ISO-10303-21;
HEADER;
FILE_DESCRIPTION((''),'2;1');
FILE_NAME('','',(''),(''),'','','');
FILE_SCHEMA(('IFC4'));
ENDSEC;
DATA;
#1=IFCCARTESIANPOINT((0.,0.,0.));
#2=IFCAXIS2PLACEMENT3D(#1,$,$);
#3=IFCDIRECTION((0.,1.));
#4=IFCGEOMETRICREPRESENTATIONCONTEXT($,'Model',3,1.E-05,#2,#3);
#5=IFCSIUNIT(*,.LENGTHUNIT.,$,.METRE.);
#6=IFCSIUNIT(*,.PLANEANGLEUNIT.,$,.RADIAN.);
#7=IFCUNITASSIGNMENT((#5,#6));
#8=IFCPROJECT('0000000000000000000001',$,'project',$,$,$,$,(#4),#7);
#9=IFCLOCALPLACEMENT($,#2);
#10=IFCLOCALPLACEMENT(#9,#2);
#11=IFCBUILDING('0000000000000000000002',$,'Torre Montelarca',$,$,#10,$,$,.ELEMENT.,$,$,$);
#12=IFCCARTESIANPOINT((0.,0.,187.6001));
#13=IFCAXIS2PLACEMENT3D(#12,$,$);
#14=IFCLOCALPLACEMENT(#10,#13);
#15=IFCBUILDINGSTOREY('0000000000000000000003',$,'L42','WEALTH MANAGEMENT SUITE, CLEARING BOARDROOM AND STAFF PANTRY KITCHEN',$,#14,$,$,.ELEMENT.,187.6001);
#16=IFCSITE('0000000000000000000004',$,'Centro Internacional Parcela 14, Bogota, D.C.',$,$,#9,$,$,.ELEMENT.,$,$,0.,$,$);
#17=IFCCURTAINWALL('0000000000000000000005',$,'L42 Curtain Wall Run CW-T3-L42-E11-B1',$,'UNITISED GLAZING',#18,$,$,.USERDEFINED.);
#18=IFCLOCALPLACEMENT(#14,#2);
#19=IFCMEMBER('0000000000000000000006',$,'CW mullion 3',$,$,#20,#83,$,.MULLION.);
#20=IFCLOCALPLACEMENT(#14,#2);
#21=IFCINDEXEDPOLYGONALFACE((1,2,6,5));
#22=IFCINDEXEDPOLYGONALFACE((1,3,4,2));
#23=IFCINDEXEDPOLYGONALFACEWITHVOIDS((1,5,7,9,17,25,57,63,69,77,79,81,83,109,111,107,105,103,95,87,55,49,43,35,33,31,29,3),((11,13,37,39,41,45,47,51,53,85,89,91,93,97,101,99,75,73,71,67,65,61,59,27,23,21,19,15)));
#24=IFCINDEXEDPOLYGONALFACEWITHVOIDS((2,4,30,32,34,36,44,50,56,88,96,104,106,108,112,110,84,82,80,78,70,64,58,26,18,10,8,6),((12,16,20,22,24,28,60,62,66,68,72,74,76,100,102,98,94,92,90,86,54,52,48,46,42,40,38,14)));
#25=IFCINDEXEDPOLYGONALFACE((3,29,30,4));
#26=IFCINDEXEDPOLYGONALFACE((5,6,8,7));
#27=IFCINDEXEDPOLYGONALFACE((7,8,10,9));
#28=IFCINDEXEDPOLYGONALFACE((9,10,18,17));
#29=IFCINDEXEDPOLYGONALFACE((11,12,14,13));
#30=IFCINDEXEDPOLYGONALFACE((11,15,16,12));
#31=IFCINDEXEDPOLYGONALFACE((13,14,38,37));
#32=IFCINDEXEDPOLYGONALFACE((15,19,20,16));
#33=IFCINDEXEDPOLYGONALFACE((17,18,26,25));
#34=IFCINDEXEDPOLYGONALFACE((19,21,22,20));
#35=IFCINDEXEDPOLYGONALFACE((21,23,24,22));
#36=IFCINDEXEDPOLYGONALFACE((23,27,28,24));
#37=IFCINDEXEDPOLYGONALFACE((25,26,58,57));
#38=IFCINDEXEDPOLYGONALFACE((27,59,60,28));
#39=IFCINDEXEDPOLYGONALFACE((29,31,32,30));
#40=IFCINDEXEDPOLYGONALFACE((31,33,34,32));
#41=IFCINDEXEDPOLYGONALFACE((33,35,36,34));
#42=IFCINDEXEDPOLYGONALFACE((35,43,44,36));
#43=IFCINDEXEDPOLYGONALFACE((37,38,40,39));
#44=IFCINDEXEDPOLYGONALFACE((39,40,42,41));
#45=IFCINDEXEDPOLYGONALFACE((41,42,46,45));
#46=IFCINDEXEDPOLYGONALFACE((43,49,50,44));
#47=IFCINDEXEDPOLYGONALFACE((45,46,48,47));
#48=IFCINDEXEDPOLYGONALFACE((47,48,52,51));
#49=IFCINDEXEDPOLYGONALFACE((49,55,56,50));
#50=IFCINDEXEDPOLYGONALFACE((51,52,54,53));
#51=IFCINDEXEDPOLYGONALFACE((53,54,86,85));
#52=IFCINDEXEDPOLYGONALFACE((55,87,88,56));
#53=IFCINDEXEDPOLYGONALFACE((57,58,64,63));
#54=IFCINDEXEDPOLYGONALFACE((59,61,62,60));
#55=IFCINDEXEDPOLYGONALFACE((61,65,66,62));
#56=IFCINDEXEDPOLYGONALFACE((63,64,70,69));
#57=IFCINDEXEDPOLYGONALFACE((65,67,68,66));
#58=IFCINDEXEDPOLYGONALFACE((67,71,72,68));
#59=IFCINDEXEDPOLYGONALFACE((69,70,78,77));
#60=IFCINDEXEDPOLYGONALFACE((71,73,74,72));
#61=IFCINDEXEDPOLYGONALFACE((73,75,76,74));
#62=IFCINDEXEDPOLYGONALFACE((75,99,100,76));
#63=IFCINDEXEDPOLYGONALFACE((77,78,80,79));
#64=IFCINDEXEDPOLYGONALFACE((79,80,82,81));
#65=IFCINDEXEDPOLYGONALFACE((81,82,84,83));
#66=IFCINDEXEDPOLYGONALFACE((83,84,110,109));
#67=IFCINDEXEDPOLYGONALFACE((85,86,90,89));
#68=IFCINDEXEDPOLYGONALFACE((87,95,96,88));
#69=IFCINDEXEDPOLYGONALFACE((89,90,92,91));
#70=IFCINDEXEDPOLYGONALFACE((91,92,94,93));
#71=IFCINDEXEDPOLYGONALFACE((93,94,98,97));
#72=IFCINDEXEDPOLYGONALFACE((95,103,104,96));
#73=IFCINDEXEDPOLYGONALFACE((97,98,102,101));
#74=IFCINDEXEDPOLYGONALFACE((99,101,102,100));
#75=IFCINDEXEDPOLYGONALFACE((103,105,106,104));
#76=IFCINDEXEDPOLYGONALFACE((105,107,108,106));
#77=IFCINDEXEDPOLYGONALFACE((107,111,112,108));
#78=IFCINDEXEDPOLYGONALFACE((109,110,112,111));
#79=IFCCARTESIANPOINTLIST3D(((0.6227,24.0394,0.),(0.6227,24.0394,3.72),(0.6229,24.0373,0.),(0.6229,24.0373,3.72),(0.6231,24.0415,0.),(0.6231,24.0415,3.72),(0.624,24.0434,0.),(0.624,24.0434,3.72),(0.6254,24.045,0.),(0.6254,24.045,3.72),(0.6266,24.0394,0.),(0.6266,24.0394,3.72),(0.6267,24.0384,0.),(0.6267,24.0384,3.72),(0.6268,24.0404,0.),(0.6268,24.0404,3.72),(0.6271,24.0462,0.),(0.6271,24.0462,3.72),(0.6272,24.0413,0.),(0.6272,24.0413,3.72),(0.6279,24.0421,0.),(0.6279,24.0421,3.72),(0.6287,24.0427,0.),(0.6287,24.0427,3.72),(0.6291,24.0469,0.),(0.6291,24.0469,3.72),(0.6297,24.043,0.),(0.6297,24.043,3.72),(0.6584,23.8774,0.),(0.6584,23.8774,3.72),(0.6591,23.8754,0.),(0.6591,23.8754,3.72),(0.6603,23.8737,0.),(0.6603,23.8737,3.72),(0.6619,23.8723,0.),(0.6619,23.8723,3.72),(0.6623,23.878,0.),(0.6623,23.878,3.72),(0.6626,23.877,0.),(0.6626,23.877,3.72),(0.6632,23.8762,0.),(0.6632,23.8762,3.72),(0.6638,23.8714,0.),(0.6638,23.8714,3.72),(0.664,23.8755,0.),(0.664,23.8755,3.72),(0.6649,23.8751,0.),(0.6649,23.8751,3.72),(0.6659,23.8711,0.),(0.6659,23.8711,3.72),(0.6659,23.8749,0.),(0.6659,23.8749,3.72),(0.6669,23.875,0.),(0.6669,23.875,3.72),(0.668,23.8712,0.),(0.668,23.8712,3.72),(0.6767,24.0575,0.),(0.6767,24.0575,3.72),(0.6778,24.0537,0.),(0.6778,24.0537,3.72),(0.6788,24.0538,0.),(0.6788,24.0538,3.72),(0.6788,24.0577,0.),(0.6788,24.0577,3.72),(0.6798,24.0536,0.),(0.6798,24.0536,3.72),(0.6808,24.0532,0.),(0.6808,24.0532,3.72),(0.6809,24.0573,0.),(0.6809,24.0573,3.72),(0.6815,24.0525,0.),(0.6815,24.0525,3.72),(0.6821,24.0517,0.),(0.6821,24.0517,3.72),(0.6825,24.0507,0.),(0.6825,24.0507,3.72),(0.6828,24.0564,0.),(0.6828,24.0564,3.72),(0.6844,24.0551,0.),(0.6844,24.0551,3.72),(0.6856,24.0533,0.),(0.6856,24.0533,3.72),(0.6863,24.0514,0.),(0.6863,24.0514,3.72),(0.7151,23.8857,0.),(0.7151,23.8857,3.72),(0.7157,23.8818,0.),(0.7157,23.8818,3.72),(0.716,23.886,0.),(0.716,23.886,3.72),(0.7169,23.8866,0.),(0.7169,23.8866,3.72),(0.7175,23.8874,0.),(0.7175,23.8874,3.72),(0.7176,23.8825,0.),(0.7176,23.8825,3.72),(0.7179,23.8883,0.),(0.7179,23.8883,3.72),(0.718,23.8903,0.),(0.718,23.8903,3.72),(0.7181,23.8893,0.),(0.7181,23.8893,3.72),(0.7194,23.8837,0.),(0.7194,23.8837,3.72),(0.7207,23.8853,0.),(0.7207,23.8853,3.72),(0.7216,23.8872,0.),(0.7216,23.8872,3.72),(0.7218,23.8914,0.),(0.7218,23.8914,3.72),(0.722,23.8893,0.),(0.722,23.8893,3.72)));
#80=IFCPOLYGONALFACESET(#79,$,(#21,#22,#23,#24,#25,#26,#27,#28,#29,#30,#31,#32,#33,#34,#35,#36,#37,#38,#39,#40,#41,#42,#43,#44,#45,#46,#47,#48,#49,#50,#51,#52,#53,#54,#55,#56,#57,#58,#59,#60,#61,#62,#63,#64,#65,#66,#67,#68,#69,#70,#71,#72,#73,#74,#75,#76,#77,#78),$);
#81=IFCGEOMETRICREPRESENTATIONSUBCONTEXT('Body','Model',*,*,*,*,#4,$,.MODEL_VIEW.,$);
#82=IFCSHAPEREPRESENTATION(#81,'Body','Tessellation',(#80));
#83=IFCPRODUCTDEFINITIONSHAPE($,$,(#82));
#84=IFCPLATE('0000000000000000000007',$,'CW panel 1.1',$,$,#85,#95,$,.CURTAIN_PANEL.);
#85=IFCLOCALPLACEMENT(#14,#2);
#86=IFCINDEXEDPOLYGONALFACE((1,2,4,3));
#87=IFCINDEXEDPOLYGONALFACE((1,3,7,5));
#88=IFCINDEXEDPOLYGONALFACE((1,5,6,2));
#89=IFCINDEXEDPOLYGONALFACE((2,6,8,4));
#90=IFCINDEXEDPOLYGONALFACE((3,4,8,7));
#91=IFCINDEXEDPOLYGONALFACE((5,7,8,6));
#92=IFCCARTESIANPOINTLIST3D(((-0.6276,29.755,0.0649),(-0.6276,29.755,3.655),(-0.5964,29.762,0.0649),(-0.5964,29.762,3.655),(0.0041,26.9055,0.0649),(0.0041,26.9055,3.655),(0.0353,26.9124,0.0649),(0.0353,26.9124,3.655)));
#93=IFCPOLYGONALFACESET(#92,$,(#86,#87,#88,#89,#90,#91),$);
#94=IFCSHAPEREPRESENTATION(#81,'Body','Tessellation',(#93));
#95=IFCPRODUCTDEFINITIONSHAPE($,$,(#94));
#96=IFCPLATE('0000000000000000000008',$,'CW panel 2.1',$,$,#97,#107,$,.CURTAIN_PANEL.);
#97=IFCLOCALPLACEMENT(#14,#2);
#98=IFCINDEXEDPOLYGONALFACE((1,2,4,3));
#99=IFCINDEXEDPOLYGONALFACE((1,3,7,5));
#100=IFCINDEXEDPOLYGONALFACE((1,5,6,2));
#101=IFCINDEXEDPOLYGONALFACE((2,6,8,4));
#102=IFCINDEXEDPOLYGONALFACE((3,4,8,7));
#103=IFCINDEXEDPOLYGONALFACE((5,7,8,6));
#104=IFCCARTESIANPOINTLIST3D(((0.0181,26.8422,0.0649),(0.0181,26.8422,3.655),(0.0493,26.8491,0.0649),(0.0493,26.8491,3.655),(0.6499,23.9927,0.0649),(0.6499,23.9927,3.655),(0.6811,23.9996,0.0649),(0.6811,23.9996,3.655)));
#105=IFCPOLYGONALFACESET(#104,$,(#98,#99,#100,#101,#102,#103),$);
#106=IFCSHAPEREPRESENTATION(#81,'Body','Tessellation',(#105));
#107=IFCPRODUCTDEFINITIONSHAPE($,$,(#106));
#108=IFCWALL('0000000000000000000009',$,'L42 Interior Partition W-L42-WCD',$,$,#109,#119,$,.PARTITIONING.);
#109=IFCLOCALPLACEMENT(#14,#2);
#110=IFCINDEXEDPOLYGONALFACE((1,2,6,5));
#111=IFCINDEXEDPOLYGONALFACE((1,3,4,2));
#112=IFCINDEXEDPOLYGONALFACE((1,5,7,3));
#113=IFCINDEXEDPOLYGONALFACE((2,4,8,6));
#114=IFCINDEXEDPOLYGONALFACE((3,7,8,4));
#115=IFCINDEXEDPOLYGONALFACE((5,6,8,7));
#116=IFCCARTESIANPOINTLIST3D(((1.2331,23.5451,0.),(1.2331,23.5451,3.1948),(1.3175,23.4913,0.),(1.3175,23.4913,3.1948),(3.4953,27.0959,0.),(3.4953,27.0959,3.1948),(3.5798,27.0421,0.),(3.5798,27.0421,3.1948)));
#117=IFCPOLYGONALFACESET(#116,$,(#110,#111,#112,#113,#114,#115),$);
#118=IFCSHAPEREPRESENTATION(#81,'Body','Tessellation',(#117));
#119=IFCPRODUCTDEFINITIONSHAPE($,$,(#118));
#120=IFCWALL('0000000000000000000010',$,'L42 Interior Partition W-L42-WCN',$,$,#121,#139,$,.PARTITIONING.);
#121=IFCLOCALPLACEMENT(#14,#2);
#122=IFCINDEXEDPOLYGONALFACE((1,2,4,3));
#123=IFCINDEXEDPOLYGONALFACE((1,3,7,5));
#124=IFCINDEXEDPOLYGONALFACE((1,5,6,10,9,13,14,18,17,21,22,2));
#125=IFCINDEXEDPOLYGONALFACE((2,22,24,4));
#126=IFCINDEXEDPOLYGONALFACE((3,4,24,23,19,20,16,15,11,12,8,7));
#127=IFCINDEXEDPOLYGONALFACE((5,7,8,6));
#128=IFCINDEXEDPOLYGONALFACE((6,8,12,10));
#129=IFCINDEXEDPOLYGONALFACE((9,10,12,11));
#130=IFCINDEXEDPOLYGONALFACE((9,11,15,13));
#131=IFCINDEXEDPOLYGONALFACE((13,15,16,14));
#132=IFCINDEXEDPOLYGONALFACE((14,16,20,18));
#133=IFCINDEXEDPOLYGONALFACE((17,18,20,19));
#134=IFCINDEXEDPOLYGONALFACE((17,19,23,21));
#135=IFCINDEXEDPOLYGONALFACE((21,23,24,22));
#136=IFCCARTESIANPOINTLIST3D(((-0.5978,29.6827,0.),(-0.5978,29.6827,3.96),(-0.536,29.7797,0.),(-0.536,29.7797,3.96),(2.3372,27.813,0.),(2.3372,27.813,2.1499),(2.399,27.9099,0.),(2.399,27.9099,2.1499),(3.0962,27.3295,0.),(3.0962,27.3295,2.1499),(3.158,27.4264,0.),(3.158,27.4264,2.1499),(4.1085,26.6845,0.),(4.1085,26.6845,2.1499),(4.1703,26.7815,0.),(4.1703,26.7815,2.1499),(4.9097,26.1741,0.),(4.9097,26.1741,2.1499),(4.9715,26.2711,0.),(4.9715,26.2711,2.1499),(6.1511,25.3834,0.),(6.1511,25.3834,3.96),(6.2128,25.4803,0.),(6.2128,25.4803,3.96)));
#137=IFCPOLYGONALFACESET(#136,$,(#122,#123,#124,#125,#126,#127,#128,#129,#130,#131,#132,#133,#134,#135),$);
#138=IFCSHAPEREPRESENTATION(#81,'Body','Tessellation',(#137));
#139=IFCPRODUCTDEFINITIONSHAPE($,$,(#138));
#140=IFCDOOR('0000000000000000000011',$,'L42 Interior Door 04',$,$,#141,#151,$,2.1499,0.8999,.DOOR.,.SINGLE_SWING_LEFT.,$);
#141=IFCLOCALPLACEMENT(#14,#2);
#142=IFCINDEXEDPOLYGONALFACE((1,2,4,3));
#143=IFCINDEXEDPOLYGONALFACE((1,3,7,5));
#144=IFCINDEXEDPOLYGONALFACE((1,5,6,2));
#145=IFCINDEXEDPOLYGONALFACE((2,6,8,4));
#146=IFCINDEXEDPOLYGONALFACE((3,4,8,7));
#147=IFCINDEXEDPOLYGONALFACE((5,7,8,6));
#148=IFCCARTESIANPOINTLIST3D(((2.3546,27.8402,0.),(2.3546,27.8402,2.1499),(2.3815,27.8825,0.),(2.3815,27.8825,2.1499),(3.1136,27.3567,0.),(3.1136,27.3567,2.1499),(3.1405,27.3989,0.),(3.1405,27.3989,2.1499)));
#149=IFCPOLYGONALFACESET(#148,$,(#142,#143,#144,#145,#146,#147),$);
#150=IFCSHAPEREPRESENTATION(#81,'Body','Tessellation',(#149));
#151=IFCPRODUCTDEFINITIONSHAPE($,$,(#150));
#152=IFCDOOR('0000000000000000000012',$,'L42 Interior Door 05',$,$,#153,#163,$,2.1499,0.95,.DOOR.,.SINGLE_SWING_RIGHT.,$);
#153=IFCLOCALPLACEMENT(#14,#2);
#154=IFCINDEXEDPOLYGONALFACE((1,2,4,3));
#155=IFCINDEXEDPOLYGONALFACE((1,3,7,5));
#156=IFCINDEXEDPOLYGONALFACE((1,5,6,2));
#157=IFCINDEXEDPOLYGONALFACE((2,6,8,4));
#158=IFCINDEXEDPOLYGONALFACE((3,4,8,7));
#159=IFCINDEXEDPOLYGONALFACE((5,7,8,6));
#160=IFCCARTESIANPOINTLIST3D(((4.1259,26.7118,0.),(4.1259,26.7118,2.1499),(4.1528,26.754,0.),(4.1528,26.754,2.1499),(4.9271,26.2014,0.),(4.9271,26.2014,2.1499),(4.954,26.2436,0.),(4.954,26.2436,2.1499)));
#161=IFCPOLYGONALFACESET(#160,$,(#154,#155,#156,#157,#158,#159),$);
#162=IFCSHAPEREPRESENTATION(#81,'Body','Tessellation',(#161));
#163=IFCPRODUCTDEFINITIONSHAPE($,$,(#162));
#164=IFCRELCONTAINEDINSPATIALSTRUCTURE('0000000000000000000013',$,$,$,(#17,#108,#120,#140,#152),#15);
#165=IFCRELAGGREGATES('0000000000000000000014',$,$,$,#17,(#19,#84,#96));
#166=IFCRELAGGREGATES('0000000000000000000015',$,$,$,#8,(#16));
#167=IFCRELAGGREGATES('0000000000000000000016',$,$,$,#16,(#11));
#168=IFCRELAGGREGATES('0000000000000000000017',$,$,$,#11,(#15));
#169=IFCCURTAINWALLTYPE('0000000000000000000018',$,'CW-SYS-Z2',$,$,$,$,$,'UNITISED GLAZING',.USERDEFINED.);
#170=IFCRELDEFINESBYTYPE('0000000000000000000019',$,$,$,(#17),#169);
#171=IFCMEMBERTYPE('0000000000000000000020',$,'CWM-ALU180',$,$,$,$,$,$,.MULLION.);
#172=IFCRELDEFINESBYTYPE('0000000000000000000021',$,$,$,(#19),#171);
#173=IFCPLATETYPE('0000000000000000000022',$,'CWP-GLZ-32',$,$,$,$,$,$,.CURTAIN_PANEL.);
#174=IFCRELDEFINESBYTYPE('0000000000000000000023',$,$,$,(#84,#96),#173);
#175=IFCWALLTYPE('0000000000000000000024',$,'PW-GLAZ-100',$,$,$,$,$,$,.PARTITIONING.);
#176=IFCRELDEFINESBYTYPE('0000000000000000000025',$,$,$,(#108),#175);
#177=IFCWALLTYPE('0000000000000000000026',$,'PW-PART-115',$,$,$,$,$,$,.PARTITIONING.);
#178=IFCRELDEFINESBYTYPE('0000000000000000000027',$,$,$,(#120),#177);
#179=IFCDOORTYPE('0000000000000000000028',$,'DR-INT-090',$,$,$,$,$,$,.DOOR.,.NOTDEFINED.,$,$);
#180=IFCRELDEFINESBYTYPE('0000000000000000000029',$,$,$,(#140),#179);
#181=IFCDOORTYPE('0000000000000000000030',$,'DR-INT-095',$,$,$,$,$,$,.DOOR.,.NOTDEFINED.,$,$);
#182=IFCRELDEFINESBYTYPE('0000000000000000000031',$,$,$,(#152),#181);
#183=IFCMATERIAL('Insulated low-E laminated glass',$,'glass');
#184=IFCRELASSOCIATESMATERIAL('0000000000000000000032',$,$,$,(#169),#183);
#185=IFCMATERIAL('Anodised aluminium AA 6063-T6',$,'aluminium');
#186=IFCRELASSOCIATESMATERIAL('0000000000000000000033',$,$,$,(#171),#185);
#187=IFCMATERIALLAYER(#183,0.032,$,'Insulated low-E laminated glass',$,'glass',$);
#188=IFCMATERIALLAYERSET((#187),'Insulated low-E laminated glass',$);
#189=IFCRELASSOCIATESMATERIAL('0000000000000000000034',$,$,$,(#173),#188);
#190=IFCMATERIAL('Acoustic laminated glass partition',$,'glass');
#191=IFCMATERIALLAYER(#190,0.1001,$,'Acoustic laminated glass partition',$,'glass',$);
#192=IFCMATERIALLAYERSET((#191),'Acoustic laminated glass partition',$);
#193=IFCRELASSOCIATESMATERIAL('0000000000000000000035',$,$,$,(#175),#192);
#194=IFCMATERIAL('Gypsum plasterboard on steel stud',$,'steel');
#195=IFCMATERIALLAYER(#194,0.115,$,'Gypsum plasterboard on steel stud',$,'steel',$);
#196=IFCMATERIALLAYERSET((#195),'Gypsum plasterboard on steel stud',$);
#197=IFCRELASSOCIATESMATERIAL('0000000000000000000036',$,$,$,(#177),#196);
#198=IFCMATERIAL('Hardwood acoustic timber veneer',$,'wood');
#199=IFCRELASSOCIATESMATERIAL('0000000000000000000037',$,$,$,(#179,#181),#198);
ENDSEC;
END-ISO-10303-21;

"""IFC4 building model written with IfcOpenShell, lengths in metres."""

from ifc_helpers import new_model, si_unit, direction, frame, frame_2d, origin, origin_2d, place, context, subcontext, project, spatial, rectangle, hollow_rectangle, extrude, source, transform, mapped, material, layer, layer_set, material_profile, profile_set, type_object, element, fill, aggregate, save


model = new_model("IFC4")

# Units and contexts
model_context = context("Model", 3, precision=1e-05, world=origin(), true_north=direction((0.0, 1.0)))
body_context = subcontext(model_context, "Body", "Model", "MODEL_VIEW")
ifc_project = project(units=[si_unit("LENGTHUNIT", "METRE"), si_unit("PLANEANGLEUNIT", "RADIAN")], contexts=[model_context])

# Site, building, storey
site_placement = place(None, origin())
site = spatial("IfcSite", under=ifc_project, at=site_placement, Name="Centro Internacional Parcela 14, Bogota, D.C.", CompositionType="ELEMENT", RefElevation=0.0)
building_placement = place(site_placement, origin())
building = spatial("IfcBuilding", under=site, at=building_placement, Name="Torre Montelarca", CompositionType="ELEMENT")
storey_placement = place(building_placement, frame((0.0, 0.0, 187.6001)))
storey = spatial("IfcBuildingStorey", under=building, at=storey_placement, Name="L42", Description="WEALTH MANAGEMENT SUITE, CLEARING BOARDROOM AND STAFF PANTRY KITCHEN", CompositionType="ELEMENT", Elevation=187.6001)

# Curtain wall, member, plates
ifc_material_1 = material(Name="Insulated low-E laminated glass", Category="glass")
curtain_wall_type = type_object("IfcCurtainWallType", Name="CW-SYS-Z2", ElementType="UNITISED GLAZING", PredefinedType="USERDEFINED", material=ifc_material_1)
curtain_wall_placement = place(storey_placement, origin())
curtain_wall = element("IfcCurtainWall", 1, at=curtain_wall_placement, inside=storey, type_object=curtain_wall_type, Name="L42 Curtain Wall Run CW-T3-L42-E11-B1", ObjectType="UNITISED GLAZING", PredefinedType="USERDEFINED")
ifc_material_2 = material(Name="Anodised aluminium AA 6063-T6", Category="aluminium")
ifc_material_profile_1 = material_profile(ifc_material_2, hollow_rectangle(XDim=0.0649, YDim=0.1799, WallThickness=0.0039, InnerFilletRadius=0.0039, OuterFilletRadius=0.0081, at=origin_2d()), Name="ALU65X180X4", Category="aluminium")
ifc_profile_set_1 = profile_set([ifc_material_profile_1], Name="Anodised aluminium AA 6063-T6")
member_type_1 = type_object("IfcMemberType", Name="CWM-ALU180", PredefinedType="MULLION", material=ifc_profile_set_1)
shared_shape_1 = source(origin(), body_context, "Body", "SweptSolid", [
    extrude(hollow_rectangle(XDim=0.0649, YDim=0.1799, WallThickness=0.0039, InnerFilletRadius=0.0039, OuterFilletRadius=0.0081, at=origin_2d()), origin(), (0.0, 0.0, 1.0), 3.72),
])
member_1_placement = place(storey_placement, frame((0.6724, 23.9644, 0.0), z_axis=(0.0, 0.0, 1.0), x_axis=(0.976294, 0.216448, 0.0)))
member_1 = element("IfcMember", 2, at=member_1_placement, type_object=member_type_1, Name="CW mullion 3", PredefinedType="MULLION", context=body_context, shape_type="MappedRepresentation", body=[
    mapped(shared_shape_1, transform((0.0, 0.0, 0.0), scale=1.0)),
])
ifc_layer_1 = layer(ifc_material_1, 0.032, Name="Insulated low-E laminated glass", Category="glass")
ifc_layer_set_1 = layer_set([ifc_layer_1], Name="Insulated low-E laminated glass")
plate_type = type_object("IfcPlateType", Name="CWP-GLZ-32", PredefinedType="CURTAIN_PANEL", material=ifc_layer_set_1)
shared_shape_2 = source(origin(), body_context, "Body", "SweptSolid", [
    extrude(rectangle(XDim=2.9187, YDim=0.032, at=origin_2d()), origin(), (0.0, 0.0, 1.0), 3.5901),
])
plate_1_placement = place(storey_placement, frame((-0.2961, 28.3337, 0.0649), z_axis=(0.0, 0.0, 1.0), x_axis=(0.216448, -0.976294, 0.0)))
plate_1 = element("IfcPlate", 3, at=plate_1_placement, type_object=plate_type, Name="CW panel 1.1", PredefinedType="CURTAIN_PANEL", context=body_context, shape_type="MappedRepresentation", body=[
    mapped(shared_shape_2, transform((0.0, 0.0, 0.0), scale=1.0)),
])
plate_2_placement = place(storey_placement, frame((0.3496, 25.4209, 0.0649), z_axis=(0.0, 0.0, 1.0), x_axis=(0.216448, -0.976294, 0.0)))
plate_2 = element("IfcPlate", 4, at=plate_2_placement, type_object=plate_type, Name="CW panel 2.1", PredefinedType="CURTAIN_PANEL", context=body_context, shape_type="MappedRepresentation", body=[
    mapped(shared_shape_2, transform((0.0, 0.0, 0.0), scale=1.0)),
])
aggregate(curtain_wall, [member_1, plate_1, plate_2])

# Wall
ifc_material_3 = material(Name="Acoustic laminated glass partition", Category="glass")
ifc_layer_2 = layer(ifc_material_3, 0.1001, Name="Acoustic laminated glass partition", Category="glass")
ifc_layer_set_2 = layer_set([ifc_layer_2], Name="Acoustic laminated glass partition")
wall_type_1 = type_object("IfcWallType", Name="PW-GLAZ-100", PredefinedType="PARTITIONING", material=ifc_layer_set_2)
wall_1_placement = place(storey_placement, frame((1.2754, 23.5183, 0.0), z_axis=(0.0, 0.0, 1.0), x_axis=(0.537318, 0.84338, 0.0)))
element("IfcWall", 5, at=wall_1_placement, inside=storey, type_object=wall_type_1, Name="L42 Interior Partition W-L42-WCD", PredefinedType="PARTITIONING", context=body_context, shape_type="SweptSolid", body=[
    extrude(rectangle(XDim=4.2102, YDim=0.1001, at=frame_2d((2.105, 0.0))), origin(), (0.0, 0.0, 1.0), 3.1948),
])

# Wall, openings, doors
ifc_material_4 = material(Name="Gypsum plasterboard on steel stud", Category="steel")
ifc_layer_3 = layer(ifc_material_4, 0.115, Name="Gypsum plasterboard on steel stud", Category="steel")
ifc_layer_set_3 = layer_set([ifc_layer_3], Name="Gypsum plasterboard on steel stud")
wall_type_2 = type_object("IfcWallType", Name="PW-PART-115", PredefinedType="PARTITIONING", material=ifc_layer_set_3)
wall_2_placement = place(storey_placement, frame((-0.5669, 29.7312, 0.0), z_axis=(0.0, 0.0, 1.0), x_axis=(0.843399, -0.537288, 0.0)))
wall_2 = element("IfcWall", 6, at=wall_2_placement, inside=storey, type_object=wall_type_2, Name="L42 Interior Partition W-L42-WCN", PredefinedType="PARTITIONING", context=body_context, shape_type="SweptSolid", body=[
    extrude(rectangle(XDim=8.002, YDim=0.115, at=frame_2d((4.001, 0.0))), origin(), (0.0, 0.0, 1.0), 3.96),
])
opening_1_placement = place(wall_2_placement, frame((3.48, 0.0, 0.0)))
opening_1 = element("IfcOpeningElement", 7, at=opening_1_placement, cuts=wall_2, PredefinedType="OPENING", context=body_context, shape_type="SweptSolid", body=[
    extrude(rectangle(XDim=0.8999, YDim=2.1499, at=frame_2d((0.45, 1.075))), frame((0.0, 0.0674, 0.0), z_axis=(0.0, -1.0, 0.0), x_axis=(1.0, 0.0, 0.0)), (0.0, 0.0, 1.0), 0.135),
])
opening_2_placement = place(wall_2_placement, frame((5.5801, 0.0, 0.0)))
opening_2 = element("IfcOpeningElement", 8, at=opening_2_placement, cuts=wall_2, PredefinedType="OPENING", context=body_context, shape_type="SweptSolid", body=[
    extrude(rectangle(XDim=0.95, YDim=2.1499, at=frame_2d((0.4751, 1.075))), frame((0.0, 0.0674, 0.0), z_axis=(0.0, -1.0, 0.0), x_axis=(1.0, 0.0, 0.0)), (0.0, 0.0, 1.0), 0.135),
])
ifc_material_5 = material(Name="Hardwood acoustic timber veneer", Category="wood")
door_type_1 = type_object("IfcDoorType", Name="DR-INT-090", OperationType="NOTDEFINED", PredefinedType="DOOR", material=ifc_material_5)
shared_shape_3 = source(origin(), body_context, "Body", "SweptSolid", [
    extrude(rectangle(XDim=0.8999, YDim=2.1499, at=frame_2d((0.45, 1.075))), frame((0.0, 0.0249, 0.0), z_axis=(0.0, -1.0, 0.0), x_axis=(1.0, 0.0, 0.0)), (0.0, 0.0, 1.0), 0.05),
])
door_1_placement = place(opening_1_placement, origin())
door_1 = element("IfcDoor", 9, at=door_1_placement, inside=storey, type_object=door_type_1, Name="L42 Interior Door 04", OperationType="SINGLE_SWING_LEFT", OverallHeight=2.1499, OverallWidth=0.8999, PredefinedType="DOOR", context=body_context, shape_type="MappedRepresentation", body=[
    mapped(shared_shape_3, transform((0.0, 0.0, 0.0), scale=1.0)),
])
fill(opening_1, door_1)
door_type_2 = type_object("IfcDoorType", Name="DR-INT-095", OperationType="NOTDEFINED", PredefinedType="DOOR", material=ifc_material_5)
shared_shape_4 = source(origin(), body_context, "Body", "SweptSolid", [
    extrude(rectangle(XDim=0.95, YDim=2.1499, at=frame_2d((0.4751, 1.075))), frame((0.0, 0.0249, 0.0), z_axis=(0.0, -1.0, 0.0), x_axis=(1.0, 0.0, 0.0)), (0.0, 0.0, 1.0), 0.05),
])
door_2_placement = place(opening_2_placement, origin())
door_2 = element("IfcDoor", 10, at=door_2_placement, inside=storey, type_object=door_type_2, Name="L42 Interior Door 05", OperationType="SINGLE_SWING_RIGHT", OverallHeight=2.1499, OverallWidth=0.95, PredefinedType="DOOR", context=body_context, shape_type="MappedRepresentation", body=[
    mapped(shared_shape_4, transform((0.0, 0.0, 0.0), scale=1.0)),
])
fill(opening_2, door_2)

save(model, "model.ifc")
